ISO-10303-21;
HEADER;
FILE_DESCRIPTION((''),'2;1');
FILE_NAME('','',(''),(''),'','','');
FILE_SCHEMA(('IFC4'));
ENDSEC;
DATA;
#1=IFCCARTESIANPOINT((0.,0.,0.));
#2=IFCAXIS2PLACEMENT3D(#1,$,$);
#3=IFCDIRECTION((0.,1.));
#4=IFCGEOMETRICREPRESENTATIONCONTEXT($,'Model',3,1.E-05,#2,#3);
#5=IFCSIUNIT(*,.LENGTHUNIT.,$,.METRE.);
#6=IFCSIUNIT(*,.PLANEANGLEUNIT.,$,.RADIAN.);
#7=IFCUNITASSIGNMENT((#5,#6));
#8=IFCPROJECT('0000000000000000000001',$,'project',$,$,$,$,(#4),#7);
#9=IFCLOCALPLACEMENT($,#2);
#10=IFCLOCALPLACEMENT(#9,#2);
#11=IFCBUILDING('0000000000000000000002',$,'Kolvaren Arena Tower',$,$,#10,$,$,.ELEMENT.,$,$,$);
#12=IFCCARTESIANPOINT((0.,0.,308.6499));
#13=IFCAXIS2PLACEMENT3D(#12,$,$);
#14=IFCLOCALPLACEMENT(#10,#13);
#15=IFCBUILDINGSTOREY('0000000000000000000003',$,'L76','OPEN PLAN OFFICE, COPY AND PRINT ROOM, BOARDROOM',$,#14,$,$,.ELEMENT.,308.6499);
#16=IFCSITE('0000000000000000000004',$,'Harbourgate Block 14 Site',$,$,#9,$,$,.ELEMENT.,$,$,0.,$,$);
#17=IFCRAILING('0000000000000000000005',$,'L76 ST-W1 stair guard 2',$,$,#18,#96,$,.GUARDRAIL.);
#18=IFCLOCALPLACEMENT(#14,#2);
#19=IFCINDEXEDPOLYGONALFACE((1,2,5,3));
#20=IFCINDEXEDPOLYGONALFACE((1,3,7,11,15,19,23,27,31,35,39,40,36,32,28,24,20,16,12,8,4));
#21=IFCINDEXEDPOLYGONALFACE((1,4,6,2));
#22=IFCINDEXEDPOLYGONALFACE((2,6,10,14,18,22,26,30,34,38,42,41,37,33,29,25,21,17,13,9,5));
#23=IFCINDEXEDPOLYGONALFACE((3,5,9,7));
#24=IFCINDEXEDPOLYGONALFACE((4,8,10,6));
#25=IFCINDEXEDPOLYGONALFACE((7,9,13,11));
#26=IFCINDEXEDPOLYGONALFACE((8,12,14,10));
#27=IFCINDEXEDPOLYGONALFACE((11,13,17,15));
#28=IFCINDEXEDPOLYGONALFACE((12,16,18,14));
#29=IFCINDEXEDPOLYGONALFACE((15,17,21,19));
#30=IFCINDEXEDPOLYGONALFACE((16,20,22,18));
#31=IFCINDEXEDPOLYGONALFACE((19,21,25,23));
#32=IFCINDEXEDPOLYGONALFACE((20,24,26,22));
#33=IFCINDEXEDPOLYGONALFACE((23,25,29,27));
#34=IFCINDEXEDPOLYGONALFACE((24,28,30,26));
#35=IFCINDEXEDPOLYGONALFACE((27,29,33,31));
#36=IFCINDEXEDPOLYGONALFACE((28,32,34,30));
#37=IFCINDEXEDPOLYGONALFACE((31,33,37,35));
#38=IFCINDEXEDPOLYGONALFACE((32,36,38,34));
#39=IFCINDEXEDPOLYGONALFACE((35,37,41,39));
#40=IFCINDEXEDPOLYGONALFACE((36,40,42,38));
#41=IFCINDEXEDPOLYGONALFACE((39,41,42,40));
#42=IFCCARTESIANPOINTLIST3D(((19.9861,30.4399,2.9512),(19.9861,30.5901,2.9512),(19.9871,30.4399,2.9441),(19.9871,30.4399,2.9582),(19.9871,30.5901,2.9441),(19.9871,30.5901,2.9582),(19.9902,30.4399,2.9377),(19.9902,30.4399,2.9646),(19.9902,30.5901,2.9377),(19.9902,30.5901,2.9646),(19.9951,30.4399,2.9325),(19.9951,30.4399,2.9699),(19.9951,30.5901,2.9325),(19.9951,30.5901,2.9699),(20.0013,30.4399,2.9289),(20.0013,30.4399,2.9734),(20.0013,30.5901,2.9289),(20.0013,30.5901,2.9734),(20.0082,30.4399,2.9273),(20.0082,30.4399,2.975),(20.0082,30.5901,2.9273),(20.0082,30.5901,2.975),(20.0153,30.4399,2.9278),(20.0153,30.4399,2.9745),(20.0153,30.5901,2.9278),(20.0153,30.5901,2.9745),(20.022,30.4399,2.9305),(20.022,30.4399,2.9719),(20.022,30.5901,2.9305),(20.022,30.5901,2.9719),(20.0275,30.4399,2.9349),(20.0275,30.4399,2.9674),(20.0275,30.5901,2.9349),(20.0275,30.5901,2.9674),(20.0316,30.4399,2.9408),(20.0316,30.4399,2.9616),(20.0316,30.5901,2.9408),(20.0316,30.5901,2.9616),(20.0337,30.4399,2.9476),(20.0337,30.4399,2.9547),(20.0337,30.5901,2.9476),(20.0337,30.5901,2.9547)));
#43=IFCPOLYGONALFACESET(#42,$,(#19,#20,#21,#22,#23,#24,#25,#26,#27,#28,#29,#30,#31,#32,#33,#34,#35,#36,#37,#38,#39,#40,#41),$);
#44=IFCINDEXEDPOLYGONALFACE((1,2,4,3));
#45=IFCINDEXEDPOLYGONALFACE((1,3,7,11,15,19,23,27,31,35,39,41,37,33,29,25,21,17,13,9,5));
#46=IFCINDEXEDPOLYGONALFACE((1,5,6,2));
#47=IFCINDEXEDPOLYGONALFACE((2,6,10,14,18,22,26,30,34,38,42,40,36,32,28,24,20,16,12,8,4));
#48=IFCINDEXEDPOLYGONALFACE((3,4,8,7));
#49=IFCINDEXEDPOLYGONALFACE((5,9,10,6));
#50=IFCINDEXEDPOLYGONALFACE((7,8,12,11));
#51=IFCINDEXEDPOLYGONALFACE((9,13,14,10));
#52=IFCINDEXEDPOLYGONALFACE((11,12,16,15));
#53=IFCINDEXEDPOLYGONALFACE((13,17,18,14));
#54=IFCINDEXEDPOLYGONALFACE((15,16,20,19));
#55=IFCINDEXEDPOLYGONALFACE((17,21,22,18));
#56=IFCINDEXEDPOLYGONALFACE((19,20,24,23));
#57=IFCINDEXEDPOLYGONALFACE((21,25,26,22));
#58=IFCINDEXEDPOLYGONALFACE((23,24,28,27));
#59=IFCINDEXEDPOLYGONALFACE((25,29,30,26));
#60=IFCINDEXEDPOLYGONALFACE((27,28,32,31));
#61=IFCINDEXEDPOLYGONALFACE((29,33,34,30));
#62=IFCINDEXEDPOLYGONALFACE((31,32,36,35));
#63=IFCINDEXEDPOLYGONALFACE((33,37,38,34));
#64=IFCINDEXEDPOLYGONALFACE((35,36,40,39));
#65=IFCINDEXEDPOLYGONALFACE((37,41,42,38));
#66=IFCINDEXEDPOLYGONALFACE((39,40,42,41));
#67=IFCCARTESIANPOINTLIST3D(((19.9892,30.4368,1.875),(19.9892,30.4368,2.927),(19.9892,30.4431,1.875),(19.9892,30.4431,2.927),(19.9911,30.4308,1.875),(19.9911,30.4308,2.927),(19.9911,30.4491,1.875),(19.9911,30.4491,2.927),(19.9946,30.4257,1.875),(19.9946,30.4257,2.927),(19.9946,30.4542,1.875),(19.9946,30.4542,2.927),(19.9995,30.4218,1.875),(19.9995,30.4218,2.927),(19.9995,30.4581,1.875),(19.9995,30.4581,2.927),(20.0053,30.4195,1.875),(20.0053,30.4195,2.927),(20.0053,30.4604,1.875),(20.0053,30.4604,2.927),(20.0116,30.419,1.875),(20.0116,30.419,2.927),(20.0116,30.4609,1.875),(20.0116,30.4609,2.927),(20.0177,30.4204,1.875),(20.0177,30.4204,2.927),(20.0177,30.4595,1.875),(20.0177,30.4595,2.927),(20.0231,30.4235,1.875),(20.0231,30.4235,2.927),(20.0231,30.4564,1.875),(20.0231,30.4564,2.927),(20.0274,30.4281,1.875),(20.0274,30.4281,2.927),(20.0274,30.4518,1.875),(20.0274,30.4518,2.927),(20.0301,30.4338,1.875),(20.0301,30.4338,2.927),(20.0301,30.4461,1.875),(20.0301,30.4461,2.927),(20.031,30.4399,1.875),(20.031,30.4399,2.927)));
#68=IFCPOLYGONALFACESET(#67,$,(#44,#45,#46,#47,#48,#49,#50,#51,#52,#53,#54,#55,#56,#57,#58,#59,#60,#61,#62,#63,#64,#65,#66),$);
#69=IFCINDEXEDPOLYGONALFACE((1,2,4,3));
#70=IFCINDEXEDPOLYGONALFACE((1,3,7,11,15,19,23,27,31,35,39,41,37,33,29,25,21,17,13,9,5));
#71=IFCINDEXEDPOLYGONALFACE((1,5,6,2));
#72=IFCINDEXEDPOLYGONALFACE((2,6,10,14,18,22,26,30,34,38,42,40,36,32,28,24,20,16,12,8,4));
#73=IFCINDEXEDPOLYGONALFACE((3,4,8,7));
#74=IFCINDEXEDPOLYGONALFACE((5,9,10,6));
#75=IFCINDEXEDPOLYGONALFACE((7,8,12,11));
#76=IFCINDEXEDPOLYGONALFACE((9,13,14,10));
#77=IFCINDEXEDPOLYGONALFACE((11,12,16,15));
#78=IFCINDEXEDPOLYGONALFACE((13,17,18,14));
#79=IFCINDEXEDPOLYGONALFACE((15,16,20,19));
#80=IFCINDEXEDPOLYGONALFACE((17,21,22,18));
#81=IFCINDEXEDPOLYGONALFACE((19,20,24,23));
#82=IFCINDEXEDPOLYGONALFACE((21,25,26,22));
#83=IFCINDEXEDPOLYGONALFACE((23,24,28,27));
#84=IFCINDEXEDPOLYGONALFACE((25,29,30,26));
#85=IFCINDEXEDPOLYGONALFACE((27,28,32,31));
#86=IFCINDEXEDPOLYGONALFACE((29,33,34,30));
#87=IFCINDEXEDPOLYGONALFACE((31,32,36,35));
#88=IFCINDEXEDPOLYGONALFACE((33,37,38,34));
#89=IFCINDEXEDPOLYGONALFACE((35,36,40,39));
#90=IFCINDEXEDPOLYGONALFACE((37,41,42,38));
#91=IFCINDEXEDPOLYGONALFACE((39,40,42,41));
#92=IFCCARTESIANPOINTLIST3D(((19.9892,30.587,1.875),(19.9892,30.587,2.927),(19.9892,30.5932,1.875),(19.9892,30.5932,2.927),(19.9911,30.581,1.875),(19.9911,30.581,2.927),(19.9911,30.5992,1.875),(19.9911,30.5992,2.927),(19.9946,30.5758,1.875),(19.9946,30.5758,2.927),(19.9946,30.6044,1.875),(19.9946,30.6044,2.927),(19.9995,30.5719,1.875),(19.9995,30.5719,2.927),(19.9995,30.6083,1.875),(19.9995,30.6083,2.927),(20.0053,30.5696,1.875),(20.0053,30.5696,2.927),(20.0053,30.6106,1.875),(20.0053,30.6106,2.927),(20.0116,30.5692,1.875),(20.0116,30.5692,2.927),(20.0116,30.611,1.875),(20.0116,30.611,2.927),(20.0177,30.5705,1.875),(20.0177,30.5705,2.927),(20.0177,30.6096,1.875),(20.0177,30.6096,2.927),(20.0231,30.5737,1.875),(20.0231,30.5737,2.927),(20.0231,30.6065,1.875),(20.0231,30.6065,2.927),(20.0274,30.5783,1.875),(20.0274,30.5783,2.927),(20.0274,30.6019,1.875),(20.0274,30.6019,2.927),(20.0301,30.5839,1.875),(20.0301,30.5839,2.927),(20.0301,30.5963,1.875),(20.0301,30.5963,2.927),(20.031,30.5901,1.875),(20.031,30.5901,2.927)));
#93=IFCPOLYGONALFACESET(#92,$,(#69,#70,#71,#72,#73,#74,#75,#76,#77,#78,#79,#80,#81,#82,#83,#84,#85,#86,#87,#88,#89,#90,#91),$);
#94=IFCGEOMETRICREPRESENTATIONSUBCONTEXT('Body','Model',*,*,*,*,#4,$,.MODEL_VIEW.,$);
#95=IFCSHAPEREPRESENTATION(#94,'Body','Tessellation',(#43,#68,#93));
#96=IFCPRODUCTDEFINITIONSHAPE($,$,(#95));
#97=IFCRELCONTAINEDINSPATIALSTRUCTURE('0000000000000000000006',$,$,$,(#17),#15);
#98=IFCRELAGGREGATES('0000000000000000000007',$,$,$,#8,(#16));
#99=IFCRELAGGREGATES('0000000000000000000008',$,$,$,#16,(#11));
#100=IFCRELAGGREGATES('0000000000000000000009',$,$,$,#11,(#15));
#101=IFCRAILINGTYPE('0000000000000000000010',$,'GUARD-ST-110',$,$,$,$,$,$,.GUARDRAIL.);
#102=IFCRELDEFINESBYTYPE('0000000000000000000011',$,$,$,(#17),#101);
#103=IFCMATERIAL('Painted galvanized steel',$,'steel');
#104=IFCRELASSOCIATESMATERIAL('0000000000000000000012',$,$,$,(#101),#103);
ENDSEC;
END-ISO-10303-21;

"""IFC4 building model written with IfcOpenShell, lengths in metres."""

from ifc_helpers import new_model, si_unit, direction, frame, origin, origin_2d, place, context, subcontext, project, spatial, circle, extrude, material, type_object, element, save


model = new_model("IFC4")

# Units and contexts
model_context = context("Model", 3, precision=1e-05, world=origin(), true_north=direction((0.0, 1.0)))
body_context = subcontext(model_context, "Body", "Model", "MODEL_VIEW")
ifc_project = project(units=[si_unit("LENGTHUNIT", "METRE"), si_unit("PLANEANGLEUNIT", "RADIAN")], contexts=[model_context])

# Site, building, storey
site_placement = place(None, origin())
site = spatial("IfcSite", under=ifc_project, at=site_placement, Name="Harbourgate Block 14 Site", CompositionType="ELEMENT", RefElevation=0.0)
building_placement = place(site_placement, origin())
building = spatial("IfcBuilding", under=site, at=building_placement, Name="Kolvaren Arena Tower", CompositionType="ELEMENT")
storey_placement = place(building_placement, frame((0.0, 0.0, 308.6499)))
storey = spatial("IfcBuildingStorey", under=building, at=storey_placement, Name="L76", Description="OPEN PLAN OFFICE, COPY AND PRINT ROOM, BOARDROOM", CompositionType="ELEMENT", Elevation=308.6499)

# Railing
ifc_material_1 = material(Name="Painted galvanized steel", Category="steel")
railing_type_1 = type_object("IfcRailingType", Name="GUARD-ST-110", PredefinedType="GUARDRAIL", material=ifc_material_1)
railing_1_placement = place(storey_placement, frame((20.01, 30.4399, 1.875)))
element("IfcRailing", 1, at=railing_1_placement, inside=storey, type_object=railing_type_1, Name="L76 ST-W1 stair guard 2", PredefinedType="GUARDRAIL", context=body_context, shape_type="SweptSolid", body=[
    extrude(circle(Radius=0.0239, at=origin_2d()), frame((0.0, 0.0, 1.0762), z_axis=(0.0, 1.0, 0.0), x_axis=(-1.0, 0.0, 0.0)), (0.0, 0.0, 1.0), 0.1501),
    extrude(circle(Radius=0.021, at=origin_2d()), origin(), (0.0, 0.0, 1.0), 1.052),
    extrude(circle(Radius=0.021, at=origin_2d()), frame((0.0, 0.1501, 0.0)), (0.0, 0.0, 1.0), 1.052),
])

save(model, "model.ifc")
